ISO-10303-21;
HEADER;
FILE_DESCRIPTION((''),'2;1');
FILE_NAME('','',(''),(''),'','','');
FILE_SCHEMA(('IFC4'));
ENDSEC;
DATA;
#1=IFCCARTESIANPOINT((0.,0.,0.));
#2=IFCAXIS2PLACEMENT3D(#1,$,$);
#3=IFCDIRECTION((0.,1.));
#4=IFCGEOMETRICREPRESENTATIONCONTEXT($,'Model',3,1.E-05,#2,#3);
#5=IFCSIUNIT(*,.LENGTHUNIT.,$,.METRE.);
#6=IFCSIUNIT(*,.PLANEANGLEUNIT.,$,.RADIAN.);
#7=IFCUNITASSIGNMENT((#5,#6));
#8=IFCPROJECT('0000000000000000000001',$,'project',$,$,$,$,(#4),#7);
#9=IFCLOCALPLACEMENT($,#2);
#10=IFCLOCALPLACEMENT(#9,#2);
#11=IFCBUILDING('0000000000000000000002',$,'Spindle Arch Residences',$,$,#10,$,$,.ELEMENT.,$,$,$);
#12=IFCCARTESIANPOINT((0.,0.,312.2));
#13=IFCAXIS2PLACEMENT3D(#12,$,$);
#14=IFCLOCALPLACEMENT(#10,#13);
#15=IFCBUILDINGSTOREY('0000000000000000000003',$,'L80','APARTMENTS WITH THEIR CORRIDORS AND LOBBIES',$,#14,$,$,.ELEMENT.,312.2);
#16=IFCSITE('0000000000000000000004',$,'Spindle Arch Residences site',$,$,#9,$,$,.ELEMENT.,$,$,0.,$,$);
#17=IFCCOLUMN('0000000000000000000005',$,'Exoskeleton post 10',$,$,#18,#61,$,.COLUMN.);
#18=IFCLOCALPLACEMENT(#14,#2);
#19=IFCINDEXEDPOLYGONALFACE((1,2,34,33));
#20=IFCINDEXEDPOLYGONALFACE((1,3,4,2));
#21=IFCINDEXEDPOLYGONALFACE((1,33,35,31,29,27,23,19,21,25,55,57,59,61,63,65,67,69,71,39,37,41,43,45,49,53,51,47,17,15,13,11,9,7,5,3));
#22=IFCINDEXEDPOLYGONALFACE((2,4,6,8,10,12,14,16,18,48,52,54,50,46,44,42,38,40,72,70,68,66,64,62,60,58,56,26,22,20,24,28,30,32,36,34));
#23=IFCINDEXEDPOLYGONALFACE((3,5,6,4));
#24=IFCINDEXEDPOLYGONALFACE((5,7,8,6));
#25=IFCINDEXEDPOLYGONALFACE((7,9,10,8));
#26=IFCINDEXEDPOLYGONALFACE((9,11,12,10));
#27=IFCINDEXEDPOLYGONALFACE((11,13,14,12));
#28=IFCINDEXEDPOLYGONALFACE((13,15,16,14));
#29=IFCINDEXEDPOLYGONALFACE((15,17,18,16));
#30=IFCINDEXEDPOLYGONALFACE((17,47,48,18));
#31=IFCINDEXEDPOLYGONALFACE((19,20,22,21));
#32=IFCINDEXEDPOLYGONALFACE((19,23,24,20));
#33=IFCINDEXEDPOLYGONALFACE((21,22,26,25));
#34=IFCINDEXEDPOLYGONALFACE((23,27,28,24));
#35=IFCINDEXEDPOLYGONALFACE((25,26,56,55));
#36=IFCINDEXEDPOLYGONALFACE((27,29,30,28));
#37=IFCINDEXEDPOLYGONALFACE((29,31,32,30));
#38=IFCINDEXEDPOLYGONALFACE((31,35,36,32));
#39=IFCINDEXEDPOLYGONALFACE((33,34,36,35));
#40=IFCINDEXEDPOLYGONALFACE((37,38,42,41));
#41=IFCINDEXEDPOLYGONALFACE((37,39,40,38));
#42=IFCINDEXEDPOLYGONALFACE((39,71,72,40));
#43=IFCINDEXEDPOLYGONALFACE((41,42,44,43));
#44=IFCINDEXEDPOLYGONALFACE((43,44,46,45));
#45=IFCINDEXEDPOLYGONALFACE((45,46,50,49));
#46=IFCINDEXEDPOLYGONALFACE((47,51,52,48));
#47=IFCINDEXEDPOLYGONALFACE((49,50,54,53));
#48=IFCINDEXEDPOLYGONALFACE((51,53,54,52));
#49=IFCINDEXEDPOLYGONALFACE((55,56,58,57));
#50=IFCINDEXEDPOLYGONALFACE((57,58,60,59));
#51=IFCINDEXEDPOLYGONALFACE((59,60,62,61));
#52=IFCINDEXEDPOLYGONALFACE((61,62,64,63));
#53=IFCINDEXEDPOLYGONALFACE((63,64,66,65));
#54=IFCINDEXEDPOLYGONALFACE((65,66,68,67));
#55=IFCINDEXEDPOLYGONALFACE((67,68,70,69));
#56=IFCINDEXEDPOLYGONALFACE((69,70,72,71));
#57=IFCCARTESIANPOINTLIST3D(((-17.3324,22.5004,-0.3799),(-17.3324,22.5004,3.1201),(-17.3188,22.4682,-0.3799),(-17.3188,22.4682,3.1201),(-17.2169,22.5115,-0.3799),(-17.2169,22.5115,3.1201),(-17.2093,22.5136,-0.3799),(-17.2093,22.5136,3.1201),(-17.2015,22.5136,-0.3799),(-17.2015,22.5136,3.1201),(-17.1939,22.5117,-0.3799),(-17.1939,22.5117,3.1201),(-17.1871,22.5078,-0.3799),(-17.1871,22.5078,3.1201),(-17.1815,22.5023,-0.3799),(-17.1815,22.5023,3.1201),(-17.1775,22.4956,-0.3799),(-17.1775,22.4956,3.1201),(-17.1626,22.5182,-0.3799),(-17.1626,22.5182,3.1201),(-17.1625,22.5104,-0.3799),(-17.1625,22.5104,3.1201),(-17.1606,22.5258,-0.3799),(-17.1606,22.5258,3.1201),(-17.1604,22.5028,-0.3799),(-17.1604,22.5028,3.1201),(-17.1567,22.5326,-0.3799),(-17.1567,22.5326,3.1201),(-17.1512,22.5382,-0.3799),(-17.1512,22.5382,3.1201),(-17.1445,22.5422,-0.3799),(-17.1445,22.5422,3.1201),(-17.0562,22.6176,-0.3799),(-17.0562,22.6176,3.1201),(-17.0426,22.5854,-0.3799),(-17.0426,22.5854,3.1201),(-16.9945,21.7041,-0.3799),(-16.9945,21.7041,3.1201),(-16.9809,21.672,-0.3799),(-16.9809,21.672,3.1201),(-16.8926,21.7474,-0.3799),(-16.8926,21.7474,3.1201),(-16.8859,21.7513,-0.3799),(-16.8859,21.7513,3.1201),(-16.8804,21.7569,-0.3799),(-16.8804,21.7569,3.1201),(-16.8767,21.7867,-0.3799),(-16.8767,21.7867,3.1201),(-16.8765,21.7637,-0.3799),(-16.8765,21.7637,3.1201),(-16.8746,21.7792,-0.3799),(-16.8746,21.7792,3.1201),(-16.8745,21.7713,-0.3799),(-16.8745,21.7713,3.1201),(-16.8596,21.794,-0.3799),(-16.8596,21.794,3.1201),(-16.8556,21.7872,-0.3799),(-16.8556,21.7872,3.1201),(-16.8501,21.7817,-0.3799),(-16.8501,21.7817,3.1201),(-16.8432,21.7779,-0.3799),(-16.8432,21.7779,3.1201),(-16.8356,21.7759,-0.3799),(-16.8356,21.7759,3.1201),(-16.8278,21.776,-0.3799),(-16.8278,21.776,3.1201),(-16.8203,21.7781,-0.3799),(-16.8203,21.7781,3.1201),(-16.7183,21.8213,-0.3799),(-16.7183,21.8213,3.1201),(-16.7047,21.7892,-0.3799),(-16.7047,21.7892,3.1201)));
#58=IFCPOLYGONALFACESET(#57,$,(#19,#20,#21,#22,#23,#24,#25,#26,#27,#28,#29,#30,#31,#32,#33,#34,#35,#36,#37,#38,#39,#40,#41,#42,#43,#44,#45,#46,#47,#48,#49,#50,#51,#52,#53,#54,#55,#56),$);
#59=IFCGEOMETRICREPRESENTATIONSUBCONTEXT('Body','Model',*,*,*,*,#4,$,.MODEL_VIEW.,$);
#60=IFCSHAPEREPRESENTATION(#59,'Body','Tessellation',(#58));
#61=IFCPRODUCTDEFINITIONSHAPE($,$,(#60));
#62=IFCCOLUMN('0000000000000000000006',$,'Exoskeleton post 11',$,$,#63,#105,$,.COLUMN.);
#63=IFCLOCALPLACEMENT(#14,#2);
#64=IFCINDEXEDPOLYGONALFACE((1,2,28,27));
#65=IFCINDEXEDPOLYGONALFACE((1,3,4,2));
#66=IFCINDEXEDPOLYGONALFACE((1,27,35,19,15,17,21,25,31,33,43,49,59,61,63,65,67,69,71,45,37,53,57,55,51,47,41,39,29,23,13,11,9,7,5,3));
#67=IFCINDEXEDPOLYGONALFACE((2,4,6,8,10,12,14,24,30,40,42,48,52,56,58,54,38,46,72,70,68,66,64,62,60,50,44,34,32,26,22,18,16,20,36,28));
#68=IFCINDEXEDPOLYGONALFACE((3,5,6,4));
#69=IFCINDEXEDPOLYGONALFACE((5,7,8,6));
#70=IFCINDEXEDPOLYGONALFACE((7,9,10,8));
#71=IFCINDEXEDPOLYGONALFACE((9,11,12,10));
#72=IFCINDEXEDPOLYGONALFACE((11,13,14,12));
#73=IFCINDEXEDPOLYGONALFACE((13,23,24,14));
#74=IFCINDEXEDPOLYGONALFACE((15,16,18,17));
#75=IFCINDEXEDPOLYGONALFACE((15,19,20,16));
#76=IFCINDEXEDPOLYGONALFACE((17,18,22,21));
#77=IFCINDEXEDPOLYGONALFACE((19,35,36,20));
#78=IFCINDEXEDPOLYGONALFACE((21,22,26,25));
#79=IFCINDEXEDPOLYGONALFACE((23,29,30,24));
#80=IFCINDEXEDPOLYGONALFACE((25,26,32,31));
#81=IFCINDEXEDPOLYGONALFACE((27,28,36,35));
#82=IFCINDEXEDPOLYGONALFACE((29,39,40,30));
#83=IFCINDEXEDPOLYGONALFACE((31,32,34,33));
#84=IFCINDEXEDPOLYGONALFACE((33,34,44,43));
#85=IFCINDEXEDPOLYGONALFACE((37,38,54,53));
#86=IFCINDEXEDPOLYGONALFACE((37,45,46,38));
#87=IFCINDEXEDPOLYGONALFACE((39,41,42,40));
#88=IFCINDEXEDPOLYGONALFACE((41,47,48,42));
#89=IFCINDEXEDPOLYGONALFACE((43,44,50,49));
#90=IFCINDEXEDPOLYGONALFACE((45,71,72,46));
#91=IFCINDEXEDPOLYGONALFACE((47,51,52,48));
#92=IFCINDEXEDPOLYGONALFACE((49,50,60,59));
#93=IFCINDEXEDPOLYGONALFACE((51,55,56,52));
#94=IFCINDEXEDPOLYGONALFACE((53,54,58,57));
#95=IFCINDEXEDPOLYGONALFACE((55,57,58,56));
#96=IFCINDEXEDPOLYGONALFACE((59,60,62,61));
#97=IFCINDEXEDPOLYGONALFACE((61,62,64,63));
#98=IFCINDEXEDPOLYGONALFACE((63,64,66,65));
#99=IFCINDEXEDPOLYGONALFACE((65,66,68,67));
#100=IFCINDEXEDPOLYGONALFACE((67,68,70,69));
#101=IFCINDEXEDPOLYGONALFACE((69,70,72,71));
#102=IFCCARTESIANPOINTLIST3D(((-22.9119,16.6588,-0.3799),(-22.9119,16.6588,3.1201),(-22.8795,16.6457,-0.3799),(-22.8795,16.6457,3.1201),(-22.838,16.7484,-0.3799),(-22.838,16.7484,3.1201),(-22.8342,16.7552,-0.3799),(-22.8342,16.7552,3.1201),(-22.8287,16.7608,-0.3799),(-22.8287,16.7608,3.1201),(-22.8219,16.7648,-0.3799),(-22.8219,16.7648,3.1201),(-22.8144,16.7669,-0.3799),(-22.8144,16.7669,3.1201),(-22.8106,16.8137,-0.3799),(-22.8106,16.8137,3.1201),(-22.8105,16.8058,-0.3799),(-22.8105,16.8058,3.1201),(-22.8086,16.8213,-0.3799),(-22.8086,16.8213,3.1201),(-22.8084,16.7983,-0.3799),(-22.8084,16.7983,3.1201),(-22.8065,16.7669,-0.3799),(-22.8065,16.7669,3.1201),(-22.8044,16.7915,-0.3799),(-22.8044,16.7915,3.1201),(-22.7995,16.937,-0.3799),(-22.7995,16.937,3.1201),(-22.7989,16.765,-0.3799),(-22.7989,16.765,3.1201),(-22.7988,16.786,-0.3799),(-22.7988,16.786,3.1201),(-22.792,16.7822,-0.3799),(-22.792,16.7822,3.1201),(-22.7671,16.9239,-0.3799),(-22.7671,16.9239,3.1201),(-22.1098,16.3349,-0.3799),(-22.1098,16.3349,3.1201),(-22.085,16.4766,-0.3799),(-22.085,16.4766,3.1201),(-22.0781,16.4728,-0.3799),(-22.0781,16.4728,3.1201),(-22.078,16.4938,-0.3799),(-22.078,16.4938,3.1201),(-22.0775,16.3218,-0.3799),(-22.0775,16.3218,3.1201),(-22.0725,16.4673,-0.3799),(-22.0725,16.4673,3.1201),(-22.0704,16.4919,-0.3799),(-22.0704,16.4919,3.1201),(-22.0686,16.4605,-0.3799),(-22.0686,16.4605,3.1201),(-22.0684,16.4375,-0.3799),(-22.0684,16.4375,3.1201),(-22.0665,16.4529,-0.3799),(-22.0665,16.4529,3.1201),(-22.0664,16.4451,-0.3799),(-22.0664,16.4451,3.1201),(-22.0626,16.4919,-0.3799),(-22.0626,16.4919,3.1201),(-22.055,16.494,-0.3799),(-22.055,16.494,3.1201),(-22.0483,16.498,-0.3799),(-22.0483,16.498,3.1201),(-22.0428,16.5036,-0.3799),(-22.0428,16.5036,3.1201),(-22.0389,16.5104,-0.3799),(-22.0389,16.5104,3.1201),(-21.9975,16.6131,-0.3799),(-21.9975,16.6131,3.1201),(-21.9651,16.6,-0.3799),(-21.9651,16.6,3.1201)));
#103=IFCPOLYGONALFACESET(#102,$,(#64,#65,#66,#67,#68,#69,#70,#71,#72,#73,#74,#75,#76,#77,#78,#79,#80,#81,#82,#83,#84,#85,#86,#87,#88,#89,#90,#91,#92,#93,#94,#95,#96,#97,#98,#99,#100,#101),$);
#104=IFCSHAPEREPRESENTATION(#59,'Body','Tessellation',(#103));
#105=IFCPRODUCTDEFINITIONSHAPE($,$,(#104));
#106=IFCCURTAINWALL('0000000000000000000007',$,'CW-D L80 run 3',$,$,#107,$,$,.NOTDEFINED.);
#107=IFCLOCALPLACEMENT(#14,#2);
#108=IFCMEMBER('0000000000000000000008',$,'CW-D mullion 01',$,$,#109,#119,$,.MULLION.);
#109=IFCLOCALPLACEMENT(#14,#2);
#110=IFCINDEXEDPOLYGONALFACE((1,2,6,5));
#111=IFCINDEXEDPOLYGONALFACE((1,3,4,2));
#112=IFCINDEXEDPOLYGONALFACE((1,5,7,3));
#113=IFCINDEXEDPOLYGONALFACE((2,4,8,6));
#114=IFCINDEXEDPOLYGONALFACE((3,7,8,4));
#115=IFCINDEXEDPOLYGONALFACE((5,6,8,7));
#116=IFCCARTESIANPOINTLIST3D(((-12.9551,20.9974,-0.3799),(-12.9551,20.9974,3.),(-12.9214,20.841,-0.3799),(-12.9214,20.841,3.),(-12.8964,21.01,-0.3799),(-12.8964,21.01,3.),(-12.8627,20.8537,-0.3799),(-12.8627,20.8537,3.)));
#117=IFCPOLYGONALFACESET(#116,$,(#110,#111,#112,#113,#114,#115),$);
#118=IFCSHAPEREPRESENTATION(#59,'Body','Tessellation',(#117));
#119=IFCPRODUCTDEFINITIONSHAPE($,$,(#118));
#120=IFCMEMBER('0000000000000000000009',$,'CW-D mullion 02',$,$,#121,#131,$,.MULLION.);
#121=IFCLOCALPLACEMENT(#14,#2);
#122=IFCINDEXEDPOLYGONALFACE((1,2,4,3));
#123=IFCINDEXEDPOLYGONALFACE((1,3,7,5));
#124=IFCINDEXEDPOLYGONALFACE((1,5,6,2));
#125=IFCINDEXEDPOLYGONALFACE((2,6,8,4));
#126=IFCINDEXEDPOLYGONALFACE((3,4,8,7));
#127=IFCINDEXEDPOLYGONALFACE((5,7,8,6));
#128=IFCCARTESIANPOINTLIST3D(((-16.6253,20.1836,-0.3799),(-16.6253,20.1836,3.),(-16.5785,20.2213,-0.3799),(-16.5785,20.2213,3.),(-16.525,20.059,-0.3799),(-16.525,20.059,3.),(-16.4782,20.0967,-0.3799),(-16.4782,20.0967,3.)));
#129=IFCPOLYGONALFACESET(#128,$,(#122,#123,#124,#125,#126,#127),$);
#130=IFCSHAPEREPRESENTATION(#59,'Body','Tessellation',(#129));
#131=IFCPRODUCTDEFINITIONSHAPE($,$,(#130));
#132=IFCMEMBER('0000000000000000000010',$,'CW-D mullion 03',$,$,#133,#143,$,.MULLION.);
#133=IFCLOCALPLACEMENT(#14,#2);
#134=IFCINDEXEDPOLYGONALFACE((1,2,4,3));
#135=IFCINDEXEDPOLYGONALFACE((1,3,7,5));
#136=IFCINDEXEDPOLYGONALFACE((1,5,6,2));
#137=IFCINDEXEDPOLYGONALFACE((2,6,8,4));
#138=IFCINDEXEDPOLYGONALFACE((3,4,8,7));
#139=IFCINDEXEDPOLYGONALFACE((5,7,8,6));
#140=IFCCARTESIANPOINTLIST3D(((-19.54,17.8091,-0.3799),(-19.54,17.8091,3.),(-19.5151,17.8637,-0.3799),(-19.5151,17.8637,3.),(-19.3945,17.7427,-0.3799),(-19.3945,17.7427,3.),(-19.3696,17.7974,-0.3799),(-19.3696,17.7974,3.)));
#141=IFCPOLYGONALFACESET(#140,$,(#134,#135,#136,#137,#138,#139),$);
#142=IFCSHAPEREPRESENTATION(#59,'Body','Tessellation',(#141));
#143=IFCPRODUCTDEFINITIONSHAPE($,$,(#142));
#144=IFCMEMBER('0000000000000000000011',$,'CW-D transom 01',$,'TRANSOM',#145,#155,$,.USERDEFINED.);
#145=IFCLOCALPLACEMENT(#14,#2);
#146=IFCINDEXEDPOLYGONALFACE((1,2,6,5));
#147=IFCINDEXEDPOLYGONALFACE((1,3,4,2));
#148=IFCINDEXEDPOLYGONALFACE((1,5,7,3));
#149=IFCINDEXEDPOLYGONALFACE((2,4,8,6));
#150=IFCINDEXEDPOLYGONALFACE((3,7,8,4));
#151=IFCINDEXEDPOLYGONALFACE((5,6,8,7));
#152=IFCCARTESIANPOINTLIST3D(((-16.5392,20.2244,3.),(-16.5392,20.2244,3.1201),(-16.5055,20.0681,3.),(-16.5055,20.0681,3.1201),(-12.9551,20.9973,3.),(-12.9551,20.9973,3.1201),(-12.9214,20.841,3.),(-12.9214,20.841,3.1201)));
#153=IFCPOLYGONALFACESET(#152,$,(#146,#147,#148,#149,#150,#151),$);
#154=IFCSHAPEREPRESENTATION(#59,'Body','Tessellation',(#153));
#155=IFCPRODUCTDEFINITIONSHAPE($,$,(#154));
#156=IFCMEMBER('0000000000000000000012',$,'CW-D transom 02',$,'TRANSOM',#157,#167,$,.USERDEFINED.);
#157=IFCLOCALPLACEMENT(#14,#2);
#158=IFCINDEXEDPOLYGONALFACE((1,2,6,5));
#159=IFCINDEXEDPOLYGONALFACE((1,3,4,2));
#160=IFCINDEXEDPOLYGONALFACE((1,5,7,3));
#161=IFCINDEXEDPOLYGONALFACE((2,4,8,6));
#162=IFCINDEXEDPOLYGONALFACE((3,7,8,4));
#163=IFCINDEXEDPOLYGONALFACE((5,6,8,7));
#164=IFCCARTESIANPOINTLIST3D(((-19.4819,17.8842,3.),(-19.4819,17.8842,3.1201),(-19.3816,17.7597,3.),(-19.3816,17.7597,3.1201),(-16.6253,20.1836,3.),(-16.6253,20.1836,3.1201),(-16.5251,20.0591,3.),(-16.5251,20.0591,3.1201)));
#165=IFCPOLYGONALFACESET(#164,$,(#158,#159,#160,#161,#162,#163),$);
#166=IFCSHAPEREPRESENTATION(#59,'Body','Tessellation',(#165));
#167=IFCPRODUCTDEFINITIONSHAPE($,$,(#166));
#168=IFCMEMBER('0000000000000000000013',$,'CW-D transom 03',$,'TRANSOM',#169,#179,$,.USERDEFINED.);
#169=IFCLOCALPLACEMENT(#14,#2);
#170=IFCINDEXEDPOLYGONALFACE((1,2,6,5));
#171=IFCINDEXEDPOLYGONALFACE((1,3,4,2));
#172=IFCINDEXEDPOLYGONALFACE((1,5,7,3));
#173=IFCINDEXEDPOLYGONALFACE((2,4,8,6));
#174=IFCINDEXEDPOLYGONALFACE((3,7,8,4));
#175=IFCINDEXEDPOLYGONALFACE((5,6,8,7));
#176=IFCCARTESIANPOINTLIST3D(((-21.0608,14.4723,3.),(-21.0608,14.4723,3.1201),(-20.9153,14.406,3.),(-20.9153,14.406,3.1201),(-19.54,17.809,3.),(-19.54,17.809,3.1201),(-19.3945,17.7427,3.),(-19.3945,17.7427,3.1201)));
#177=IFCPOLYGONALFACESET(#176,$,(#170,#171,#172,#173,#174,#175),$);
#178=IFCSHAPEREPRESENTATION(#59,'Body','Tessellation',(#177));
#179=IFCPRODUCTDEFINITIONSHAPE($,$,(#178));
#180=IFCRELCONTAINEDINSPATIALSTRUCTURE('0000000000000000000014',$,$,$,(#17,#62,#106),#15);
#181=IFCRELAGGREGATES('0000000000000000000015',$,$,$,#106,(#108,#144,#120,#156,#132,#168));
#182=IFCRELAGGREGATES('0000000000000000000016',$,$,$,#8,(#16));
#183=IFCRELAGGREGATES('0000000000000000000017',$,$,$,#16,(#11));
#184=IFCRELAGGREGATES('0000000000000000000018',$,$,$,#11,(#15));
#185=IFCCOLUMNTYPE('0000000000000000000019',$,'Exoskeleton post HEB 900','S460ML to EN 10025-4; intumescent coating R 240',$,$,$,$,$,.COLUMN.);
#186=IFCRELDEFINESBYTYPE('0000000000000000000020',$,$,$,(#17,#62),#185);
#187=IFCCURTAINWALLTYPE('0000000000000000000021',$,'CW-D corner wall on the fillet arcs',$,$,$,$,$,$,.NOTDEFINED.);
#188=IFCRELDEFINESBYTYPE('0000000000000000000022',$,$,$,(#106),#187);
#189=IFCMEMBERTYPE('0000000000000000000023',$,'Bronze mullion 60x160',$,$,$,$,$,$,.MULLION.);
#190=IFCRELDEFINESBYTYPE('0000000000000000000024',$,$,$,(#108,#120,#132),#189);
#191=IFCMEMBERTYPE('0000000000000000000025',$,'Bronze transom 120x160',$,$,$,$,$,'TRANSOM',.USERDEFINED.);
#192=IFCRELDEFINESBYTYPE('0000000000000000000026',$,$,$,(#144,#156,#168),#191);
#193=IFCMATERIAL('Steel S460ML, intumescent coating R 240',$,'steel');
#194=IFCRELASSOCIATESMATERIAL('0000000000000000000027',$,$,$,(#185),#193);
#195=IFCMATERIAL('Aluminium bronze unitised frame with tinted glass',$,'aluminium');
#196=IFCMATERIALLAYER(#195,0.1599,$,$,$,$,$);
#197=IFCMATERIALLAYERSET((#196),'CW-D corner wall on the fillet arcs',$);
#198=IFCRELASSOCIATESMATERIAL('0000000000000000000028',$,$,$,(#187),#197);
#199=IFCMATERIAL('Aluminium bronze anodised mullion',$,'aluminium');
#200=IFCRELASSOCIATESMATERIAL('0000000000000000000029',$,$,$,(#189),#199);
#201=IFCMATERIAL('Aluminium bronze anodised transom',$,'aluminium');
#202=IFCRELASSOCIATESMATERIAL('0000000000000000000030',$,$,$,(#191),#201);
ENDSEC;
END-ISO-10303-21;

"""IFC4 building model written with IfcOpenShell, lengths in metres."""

from ifc_helpers import new_model, si_unit, direction, frame, origin, origin_2d, place, context, subcontext, project, spatial, rectangle, i_section, extrude, material, layer, layer_set, material_profile, profile_set, type_object, element, aggregate, save


model = new_model("IFC4")

# Units and contexts
model_context = context("Model", 3, precision=1e-05, world=origin(), true_north=direction((0.0, 1.0)))
body_context = subcontext(model_context, "Body", "Model", "MODEL_VIEW")
ifc_project = project(units=[si_unit("LENGTHUNIT", "METRE"), si_unit("PLANEANGLEUNIT", "RADIAN")], contexts=[model_context])

# Site, building, storey
site_placement = place(None, origin())
site = spatial("IfcSite", under=ifc_project, at=site_placement, Name="Spindle Arch Residences site", CompositionType="ELEMENT", RefElevation=0.0)
building_placement = place(site_placement, origin())
building = spatial("IfcBuilding", under=site, at=building_placement, Name="Spindle Arch Residences", CompositionType="ELEMENT")
storey_placement = place(building_placement, frame((0.0, 0.0, 312.2)))
storey = spatial("IfcBuildingStorey", under=building, at=storey_placement, Name="L80", Description="APARTMENTS WITH THEIR CORRIDORS AND LOBBIES", CompositionType="ELEMENT", Elevation=312.2)

# Columns
ifc_material_1 = material(Name="Steel S460ML, intumescent coating R 240", Category="steel")
ifc_material_profile_1 = material_profile(ifc_material_1, i_section(OverallWidth=0.3, OverallDepth=0.8999, WebThickness=0.0186, FlangeThickness=0.0349, FilletRadius=0.03, at=origin_2d()), Name="HEB 900")
ifc_profile_set_1 = profile_set([ifc_material_profile_1], Name="Steel S460ML, intumescent coating R 240")
column_type = type_object("IfcColumnType", Name="Exoskeleton post HEB 900", Description="S460ML to EN 10025-4; intumescent coating R 240", PredefinedType="COLUMN", material=ifc_profile_set_1)
for number, where, z_axis, x_axis, name in (
    (1, (-17.0186, 22.1448, -0.3799), (0.0, 0.0, 1.0), (0.920554, 0.390614, 0.0), "Exoskeleton post 10"),
    (2, (-22.4385, 16.6294, -0.3799), (0.0, 0.0, 1.0), (0.374489, 0.927231, 0.0), "Exoskeleton post 11"),
):
    element("IfcColumn", number, at=place(storey_placement, frame(where, z_axis=z_axis, x_axis=x_axis)), inside=storey, type_object=column_type, Name=name, PredefinedType="COLUMN", context=body_context, shape_type="SweptSolid", body=[
        extrude(i_section(OverallWidth=0.3, OverallDepth=0.8999, WebThickness=0.0186, FlangeThickness=0.0349, FilletRadius=0.03, at=origin_2d()), origin(), (0.0, 0.0, 1.0), 3.5),
    ])

# Curtain wall, members
ifc_material_2 = material(Name="Aluminium bronze unitised frame with tinted glass", Category="aluminium")
ifc_layer_1 = layer(ifc_material_2, 0.1599)
ifc_layer_set_1 = layer_set([ifc_layer_1], Name="CW-D corner wall on the fillet arcs")
curtain_wall_type = type_object("IfcCurtainWallType", Name="CW-D corner wall on the fillet arcs", PredefinedType="NOTDEFINED", material=ifc_layer_set_1)
curtain_wall_placement = place(storey_placement, origin())
curtain_wall = element("IfcCurtainWall", 3, at=curtain_wall_placement, inside=storey, type_object=curtain_wall_type, Name="CW-D L80 run 3", PredefinedType="NOTDEFINED")
ifc_material_3 = material(Name="Aluminium bronze anodised mullion", Category="aluminium")
ifc_material_profile_2 = material_profile(ifc_material_3, rectangle(XDim=0.1599, YDim=0.0601, at=origin_2d()), Name="MU 60x160")
ifc_profile_set_2 = profile_set([ifc_material_profile_2], Name="Aluminium bronze anodised mullion")
member_type_1 = type_object("IfcMemberType", Name="Bronze mullion 60x160", PredefinedType="MULLION", material=ifc_profile_set_2)
member_1_placement = place(storey_placement, frame((-12.9089, 20.9255, -0.3799), z_axis=(0.0, 0.0, 1.0), x_axis=(0.210756, -0.977539, 0.0)))
member_1 = element("IfcMember", 4, at=member_1_placement, type_object=member_type_1, Name="CW-D mullion 01", PredefinedType="MULLION", context=body_context, shape_type="SweptSolid", body=[
    extrude(rectangle(XDim=0.1599, YDim=0.0601, at=origin_2d()), origin(), (0.0, 0.0, 1.0), 3.3799),
])
member_2_placement = place(storey_placement, frame((-16.5518, 20.1401, -0.3799), z_axis=(0.0, 0.0, 1.0), x_axis=(0.627057, -0.778973, 0.0)))
member_2 = element("IfcMember", 5, at=member_2_placement, type_object=member_type_1, Name="CW-D mullion 02", PredefinedType="MULLION", context=body_context, shape_type="SweptSolid", body=[
    extrude(rectangle(XDim=0.1599, YDim=0.0601, at=origin_2d()), origin(), (0.0, 0.0, 1.0), 3.3799),
])
member_3_placement = place(storey_placement, frame((-19.4548, 17.8032, -0.3799), z_axis=(0.0, 0.0, 1.0), x_axis=(0.909961, -0.414693, 0.0)))
member_3 = element("IfcMember", 6, at=member_3_placement, type_object=member_type_1, Name="CW-D mullion 03", PredefinedType="MULLION", context=body_context, shape_type="SweptSolid", body=[
    extrude(rectangle(XDim=0.1599, YDim=0.0601, at=origin_2d()), origin(), (0.0, 0.0, 1.0), 3.3799),
])
ifc_material_4 = material(Name="Aluminium bronze anodised transom", Category="aluminium")
ifc_material_profile_3 = material_profile(ifc_material_4, rectangle(XDim=0.1599, YDim=0.1201, at=origin_2d()), Name="TR 120x160")
ifc_profile_set_3 = profile_set([ifc_material_profile_3], Name="Aluminium bronze anodised transom")
member_type_2 = type_object("IfcMemberType", Name="Bronze transom 120x160", ElementType="TRANSOM", PredefinedType="USERDEFINED", material=ifc_profile_set_3)
member_4_placement = place(storey_placement, frame((-12.9382, 20.9192, 3.0601), z_axis=(-0.977528, -0.210807, 0.0), x_axis=(0.210807, -0.977528, 0.0)))
member_4 = element("IfcMember", 7, at=member_4_placement, type_object=member_type_2, Name="CW-D transom 01", ObjectType="TRANSOM", PredefinedType="USERDEFINED", context=body_context, shape_type="SweptSolid", body=[
    extrude(rectangle(XDim=0.1599, YDim=0.1201, at=origin_2d()), origin(), (0.0, 0.0, 1.0), 3.6665),
])
member_5_placement = place(storey_placement, frame((-16.5752, 20.1213, 3.0601), z_axis=(-0.778982, -0.627047, 0.0), x_axis=(0.627047, -0.778982, 0.0)))
member_5 = element("IfcMember", 8, at=member_5_placement, type_object=member_type_2, Name="CW-D transom 02", ObjectType="TRANSOM", PredefinedType="USERDEFINED", context=body_context, shape_type="SweptSolid", body=[
    extrude(rectangle(XDim=0.1599, YDim=0.1201, at=origin_2d()), origin(), (0.0, 0.0, 1.0), 3.667),
])
member_6_placement = place(storey_placement, frame((-19.4673, 17.7759, 3.0601), z_axis=(-0.414726, -0.909946, 0.0), x_axis=(0.909946, -0.414726, 0.0)))
member_6 = element("IfcMember", 9, at=member_6_placement, type_object=member_type_2, Name="CW-D transom 03", ObjectType="TRANSOM", PredefinedType="USERDEFINED", context=body_context, shape_type="SweptSolid", body=[
    extrude(rectangle(XDim=0.1599, YDim=0.1201, at=origin_2d()), origin(), (0.0, 0.0, 1.0), 3.667),
])

aggregate(curtain_wall, [member_1, member_4, member_2, member_5, member_3, member_6])

save(model, "model.ifc")
